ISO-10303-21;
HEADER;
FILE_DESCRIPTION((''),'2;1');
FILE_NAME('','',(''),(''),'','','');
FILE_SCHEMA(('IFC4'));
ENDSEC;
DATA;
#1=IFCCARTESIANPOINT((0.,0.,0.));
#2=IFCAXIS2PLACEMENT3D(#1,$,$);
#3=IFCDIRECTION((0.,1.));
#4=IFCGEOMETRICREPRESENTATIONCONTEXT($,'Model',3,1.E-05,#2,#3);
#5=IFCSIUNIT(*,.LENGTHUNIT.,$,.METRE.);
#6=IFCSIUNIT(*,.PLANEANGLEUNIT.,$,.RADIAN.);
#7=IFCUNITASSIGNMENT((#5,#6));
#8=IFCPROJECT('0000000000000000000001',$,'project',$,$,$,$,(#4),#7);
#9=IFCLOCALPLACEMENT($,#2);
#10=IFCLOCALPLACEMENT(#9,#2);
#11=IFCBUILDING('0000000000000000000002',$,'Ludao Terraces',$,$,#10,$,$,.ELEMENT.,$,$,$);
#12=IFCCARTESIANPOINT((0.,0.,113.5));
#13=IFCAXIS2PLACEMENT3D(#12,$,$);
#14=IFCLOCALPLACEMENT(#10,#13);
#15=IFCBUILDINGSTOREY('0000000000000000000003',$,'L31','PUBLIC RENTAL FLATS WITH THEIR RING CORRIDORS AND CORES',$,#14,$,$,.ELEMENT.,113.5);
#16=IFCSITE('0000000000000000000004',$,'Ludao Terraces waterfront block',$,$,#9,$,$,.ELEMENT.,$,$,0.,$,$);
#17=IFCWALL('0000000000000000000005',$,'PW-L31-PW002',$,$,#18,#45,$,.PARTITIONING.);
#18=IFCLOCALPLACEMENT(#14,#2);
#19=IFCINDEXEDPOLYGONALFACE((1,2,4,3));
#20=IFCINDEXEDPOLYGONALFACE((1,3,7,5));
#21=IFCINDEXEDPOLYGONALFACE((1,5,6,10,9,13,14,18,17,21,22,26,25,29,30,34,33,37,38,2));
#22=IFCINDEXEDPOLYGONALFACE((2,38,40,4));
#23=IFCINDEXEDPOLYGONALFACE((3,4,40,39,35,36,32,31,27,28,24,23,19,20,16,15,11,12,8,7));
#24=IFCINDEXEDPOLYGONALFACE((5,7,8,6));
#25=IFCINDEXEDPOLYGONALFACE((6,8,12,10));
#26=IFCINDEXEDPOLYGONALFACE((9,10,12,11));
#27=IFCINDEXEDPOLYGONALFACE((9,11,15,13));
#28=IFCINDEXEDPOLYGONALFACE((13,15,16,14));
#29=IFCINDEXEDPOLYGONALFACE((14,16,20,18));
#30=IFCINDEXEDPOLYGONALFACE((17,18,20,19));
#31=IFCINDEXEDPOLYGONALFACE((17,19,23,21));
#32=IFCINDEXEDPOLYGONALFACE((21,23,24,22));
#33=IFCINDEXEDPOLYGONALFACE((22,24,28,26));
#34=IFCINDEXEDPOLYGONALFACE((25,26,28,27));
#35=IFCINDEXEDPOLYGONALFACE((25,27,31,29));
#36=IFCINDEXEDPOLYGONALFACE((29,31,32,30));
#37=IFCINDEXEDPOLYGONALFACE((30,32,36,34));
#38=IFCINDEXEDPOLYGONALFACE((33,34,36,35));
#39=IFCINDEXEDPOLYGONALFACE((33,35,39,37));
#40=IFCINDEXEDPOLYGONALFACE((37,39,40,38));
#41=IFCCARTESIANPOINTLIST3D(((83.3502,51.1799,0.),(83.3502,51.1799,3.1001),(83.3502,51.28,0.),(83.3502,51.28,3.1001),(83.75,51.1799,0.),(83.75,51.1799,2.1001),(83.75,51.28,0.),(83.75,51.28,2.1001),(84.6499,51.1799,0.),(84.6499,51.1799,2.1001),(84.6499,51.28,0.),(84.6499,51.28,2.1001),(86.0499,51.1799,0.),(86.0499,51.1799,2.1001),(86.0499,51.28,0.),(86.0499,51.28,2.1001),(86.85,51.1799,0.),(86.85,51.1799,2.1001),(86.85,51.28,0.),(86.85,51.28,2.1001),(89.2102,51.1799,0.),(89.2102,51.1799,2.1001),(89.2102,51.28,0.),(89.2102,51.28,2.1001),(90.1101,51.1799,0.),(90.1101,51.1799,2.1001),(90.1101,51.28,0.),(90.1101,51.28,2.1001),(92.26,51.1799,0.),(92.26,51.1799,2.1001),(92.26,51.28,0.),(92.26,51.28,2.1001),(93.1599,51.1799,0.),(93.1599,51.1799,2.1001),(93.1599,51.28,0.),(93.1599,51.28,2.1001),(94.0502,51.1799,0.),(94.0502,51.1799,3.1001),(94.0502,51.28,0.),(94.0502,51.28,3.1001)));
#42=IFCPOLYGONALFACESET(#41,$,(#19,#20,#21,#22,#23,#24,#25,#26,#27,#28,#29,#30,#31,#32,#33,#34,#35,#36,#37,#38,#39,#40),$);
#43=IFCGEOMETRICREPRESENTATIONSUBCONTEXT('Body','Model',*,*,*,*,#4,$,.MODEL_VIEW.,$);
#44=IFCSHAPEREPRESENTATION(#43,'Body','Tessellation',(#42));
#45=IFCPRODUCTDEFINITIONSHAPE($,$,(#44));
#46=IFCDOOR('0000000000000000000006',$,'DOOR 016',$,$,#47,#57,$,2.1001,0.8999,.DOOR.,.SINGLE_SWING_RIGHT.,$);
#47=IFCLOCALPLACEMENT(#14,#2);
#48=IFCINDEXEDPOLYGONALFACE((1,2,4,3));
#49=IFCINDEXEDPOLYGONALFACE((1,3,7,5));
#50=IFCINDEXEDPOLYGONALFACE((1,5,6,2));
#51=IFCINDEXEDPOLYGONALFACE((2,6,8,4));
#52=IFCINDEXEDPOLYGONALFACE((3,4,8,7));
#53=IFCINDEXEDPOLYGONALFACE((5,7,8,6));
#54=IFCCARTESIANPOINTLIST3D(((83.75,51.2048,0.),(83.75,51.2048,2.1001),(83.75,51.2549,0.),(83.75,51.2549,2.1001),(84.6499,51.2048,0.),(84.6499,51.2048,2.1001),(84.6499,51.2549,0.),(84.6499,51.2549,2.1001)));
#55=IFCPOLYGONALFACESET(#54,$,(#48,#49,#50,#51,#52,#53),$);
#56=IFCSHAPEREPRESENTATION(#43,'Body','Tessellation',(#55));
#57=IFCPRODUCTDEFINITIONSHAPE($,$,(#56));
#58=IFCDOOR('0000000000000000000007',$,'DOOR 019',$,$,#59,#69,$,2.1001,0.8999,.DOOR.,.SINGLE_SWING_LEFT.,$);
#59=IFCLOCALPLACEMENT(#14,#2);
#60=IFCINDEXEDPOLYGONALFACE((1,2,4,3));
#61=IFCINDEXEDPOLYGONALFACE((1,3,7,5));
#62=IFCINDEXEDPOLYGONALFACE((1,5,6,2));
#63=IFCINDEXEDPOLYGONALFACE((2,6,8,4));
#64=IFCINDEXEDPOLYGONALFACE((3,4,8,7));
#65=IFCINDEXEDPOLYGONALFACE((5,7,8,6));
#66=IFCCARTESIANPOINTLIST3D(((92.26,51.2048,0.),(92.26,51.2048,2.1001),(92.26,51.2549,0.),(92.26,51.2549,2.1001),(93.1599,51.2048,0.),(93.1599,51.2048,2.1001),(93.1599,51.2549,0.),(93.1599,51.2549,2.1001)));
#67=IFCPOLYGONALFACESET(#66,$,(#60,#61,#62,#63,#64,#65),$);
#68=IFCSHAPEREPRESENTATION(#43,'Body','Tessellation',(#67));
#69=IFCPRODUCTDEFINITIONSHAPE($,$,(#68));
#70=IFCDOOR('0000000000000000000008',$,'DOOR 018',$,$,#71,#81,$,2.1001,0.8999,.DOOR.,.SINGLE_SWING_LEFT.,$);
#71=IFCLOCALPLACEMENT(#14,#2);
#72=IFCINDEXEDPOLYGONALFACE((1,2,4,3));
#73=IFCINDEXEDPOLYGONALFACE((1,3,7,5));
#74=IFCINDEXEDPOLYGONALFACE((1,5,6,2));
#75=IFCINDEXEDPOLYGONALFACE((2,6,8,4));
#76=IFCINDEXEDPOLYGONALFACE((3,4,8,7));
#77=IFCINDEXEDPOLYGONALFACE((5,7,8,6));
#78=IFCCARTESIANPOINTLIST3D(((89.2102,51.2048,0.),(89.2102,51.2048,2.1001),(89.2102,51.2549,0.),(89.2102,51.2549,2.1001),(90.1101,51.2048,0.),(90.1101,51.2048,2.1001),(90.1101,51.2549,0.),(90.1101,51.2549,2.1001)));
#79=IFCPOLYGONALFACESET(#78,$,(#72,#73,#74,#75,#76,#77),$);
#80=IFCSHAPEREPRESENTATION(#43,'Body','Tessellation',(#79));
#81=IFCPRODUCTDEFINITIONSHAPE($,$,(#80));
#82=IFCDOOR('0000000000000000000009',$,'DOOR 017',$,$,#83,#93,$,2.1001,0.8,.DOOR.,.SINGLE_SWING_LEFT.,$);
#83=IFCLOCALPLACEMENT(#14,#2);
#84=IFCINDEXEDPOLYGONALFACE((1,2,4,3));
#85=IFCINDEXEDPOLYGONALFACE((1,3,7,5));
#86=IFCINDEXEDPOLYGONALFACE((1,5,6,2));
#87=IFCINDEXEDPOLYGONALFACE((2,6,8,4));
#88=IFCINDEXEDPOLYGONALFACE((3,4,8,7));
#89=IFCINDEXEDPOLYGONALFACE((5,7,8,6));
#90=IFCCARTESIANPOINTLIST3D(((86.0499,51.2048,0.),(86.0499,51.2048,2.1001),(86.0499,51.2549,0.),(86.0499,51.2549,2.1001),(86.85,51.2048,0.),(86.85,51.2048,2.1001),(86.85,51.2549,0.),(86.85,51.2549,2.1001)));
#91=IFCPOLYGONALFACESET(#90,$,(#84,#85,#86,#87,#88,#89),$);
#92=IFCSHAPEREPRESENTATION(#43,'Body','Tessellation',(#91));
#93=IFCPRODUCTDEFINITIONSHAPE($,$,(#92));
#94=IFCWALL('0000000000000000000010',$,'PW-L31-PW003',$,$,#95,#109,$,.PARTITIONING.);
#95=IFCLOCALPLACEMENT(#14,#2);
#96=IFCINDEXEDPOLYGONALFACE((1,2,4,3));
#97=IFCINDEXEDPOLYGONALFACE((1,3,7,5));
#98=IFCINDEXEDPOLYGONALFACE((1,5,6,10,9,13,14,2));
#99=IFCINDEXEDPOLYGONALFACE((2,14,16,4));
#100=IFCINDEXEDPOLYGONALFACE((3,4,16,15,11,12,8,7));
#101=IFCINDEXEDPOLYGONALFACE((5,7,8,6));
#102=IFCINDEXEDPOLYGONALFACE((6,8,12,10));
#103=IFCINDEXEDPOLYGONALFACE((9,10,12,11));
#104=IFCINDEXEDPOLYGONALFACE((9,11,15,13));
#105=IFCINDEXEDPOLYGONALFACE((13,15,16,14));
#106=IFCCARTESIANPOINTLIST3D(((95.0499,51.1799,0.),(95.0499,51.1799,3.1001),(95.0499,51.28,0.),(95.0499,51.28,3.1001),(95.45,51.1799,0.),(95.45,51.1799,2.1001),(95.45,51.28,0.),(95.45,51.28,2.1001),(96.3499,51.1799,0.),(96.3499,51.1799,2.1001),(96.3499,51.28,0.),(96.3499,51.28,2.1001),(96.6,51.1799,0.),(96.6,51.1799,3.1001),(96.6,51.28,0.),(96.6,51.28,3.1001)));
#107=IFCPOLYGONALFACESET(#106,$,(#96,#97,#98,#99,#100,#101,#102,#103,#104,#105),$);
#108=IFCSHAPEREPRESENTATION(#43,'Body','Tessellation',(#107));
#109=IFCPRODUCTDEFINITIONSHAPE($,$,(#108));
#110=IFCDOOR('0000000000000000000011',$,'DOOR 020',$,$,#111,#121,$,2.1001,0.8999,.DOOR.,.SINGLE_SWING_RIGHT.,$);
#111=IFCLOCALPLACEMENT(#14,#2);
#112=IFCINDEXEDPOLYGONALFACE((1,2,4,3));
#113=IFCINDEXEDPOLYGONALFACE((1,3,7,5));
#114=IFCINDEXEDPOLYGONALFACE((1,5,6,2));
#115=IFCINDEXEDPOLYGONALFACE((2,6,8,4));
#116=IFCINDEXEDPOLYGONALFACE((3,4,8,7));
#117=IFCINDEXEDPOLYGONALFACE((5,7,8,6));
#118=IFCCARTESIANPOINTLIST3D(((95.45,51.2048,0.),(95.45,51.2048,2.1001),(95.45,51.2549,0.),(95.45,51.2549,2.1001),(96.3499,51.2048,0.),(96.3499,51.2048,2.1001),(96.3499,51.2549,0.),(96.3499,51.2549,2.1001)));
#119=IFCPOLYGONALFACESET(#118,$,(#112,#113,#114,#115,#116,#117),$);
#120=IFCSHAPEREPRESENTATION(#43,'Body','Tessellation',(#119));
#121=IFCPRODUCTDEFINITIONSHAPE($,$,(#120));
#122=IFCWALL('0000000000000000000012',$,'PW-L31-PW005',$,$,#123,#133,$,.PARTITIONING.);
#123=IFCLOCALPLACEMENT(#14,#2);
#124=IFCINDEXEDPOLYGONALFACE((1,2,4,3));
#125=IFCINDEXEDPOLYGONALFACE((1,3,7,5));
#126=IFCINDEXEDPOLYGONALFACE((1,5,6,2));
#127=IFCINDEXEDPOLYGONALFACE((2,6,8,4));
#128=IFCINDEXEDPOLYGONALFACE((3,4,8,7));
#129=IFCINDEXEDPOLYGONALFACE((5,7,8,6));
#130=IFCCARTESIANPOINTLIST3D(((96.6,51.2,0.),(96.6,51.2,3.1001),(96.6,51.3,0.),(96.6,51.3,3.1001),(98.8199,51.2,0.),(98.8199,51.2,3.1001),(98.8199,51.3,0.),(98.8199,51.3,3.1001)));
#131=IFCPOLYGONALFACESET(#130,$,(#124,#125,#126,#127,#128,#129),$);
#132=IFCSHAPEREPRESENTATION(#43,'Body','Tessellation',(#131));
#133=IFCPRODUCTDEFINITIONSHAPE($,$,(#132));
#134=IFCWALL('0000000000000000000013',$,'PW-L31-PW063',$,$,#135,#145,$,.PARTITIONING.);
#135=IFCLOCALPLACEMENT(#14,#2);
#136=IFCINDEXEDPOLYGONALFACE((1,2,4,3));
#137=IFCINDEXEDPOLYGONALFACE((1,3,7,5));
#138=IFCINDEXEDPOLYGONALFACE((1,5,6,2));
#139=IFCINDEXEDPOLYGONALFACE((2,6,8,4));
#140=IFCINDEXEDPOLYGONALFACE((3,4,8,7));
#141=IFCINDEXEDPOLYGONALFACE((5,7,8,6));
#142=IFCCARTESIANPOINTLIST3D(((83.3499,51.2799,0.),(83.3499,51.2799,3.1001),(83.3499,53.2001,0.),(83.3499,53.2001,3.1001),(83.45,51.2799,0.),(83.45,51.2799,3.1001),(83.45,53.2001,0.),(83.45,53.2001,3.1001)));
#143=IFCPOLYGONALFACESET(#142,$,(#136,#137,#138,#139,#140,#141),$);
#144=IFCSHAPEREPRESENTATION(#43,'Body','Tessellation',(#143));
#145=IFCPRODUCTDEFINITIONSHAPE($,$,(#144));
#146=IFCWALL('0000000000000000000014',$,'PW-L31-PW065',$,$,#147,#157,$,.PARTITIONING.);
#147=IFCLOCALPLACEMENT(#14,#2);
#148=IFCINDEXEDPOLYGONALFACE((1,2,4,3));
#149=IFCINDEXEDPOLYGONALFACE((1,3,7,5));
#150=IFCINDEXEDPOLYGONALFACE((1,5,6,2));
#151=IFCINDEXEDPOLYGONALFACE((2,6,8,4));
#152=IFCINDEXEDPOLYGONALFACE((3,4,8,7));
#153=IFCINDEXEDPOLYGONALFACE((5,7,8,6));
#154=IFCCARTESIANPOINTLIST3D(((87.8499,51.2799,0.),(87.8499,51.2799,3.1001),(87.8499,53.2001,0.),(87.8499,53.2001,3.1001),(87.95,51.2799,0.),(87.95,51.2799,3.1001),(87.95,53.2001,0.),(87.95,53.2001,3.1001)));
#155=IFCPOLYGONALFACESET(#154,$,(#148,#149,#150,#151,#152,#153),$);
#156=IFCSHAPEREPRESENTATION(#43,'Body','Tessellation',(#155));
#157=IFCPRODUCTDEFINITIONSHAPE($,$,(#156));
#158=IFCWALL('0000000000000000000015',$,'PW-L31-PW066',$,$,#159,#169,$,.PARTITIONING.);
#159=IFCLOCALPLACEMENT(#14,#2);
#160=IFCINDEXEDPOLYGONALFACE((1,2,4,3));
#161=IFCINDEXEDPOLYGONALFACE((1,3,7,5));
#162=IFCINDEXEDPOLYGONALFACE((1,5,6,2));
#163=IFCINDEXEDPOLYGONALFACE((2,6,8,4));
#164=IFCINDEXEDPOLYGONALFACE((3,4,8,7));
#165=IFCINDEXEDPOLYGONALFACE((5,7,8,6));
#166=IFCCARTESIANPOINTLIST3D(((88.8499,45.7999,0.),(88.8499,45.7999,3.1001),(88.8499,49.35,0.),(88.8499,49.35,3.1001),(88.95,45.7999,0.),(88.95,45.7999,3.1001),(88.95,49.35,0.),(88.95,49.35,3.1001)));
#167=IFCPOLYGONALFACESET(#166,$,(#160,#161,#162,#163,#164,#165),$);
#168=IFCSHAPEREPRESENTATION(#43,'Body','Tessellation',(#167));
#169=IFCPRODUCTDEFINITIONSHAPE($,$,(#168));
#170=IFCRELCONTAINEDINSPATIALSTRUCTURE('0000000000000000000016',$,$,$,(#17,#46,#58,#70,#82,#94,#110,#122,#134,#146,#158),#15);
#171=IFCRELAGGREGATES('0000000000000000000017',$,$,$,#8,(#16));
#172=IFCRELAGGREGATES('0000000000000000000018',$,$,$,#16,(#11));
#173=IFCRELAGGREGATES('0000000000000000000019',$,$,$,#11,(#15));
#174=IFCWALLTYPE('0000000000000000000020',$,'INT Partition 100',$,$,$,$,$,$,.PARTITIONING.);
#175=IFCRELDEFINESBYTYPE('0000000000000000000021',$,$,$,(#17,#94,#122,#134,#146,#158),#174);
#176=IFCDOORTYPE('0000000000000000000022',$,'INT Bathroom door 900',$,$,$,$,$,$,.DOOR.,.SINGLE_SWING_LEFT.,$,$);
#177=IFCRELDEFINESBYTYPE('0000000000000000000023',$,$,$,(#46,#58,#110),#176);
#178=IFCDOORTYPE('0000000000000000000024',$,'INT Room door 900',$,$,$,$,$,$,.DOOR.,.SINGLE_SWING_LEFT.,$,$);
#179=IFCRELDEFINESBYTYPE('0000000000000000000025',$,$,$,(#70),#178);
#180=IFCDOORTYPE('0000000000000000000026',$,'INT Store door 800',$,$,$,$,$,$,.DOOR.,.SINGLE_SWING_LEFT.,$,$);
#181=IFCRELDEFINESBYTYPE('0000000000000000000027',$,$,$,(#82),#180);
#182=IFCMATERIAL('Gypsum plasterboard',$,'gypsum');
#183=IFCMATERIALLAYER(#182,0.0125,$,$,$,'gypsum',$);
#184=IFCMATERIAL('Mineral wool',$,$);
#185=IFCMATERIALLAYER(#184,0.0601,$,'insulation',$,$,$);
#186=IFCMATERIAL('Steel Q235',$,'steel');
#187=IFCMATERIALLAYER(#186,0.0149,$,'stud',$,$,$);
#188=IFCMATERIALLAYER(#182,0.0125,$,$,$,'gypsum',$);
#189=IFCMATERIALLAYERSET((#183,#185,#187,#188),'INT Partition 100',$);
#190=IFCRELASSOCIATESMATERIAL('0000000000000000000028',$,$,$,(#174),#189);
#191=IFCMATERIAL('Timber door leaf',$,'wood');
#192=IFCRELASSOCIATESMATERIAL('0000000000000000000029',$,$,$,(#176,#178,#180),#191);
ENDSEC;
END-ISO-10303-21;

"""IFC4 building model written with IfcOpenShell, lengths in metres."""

from ifc_helpers import new_model, si_unit, direction, frame, frame_2d, origin, place, context, subcontext, project, spatial, rectangle, extrude, material, layer, layer_set, type_object, element, fill, save


model = new_model("IFC4")

# Units and contexts
model_context = context("Model", 3, precision=1e-05, world=origin(), true_north=direction((0.0, 1.0)))
body_context = subcontext(model_context, "Body", "Model", "MODEL_VIEW")
ifc_project = project(units=[si_unit("LENGTHUNIT", "METRE"), si_unit("PLANEANGLEUNIT", "RADIAN")], contexts=[model_context])

# Site, building, storey
site_placement = place(None, origin())
site = spatial("IfcSite", under=ifc_project, at=site_placement, Name="Ludao Terraces waterfront block", CompositionType="ELEMENT", RefElevation=0.0)
building_placement = place(site_placement, origin())
building = spatial("IfcBuilding", under=site, at=building_placement, Name="Ludao Terraces", CompositionType="ELEMENT")
storey_placement = place(building_placement, frame((0.0, 0.0, 113.5)))
storey = spatial("IfcBuildingStorey", under=building, at=storey_placement, Name="L31", Description="PUBLIC RENTAL FLATS WITH THEIR RING CORRIDORS AND CORES", CompositionType="ELEMENT", Elevation=113.5)

# Shared definitions
ifc_material_1 = material(Name="Steel Q235", Category="steel")

# Shared definitions
ifc_material_2 = material(Name="Mineral wool")

# Wall, openings, doors
ifc_material_3 = material(Name="Gypsum plasterboard", Category="gypsum")
ifc_layer_1 = layer(ifc_material_3, 0.0125, Category="gypsum")
ifc_layer_2 = layer(ifc_material_2, 0.0601, Name="insulation")
ifc_layer_3 = layer(ifc_material_1, 0.0149, Name="stud")
ifc_layer_4 = layer(ifc_material_3, 0.0125, Category="gypsum")
ifc_layer_set_1 = layer_set([ifc_layer_1, ifc_layer_2, ifc_layer_3, ifc_layer_4], Name="INT Partition 100")
wall_type_1 = type_object("IfcWallType", Name="INT Partition 100", PredefinedType="PARTITIONING", material=ifc_layer_set_1)
wall_1_placement = place(storey_placement, frame((83.3501, 51.23, 0.0), z_axis=(0.0, 0.0, 1.0), x_axis=(1.0, 0.0, 0.0)))
wall_1 = element("IfcWall", 1, at=wall_1_placement, inside=storey, type_object=wall_type_1, Name="PW-L31-PW002", PredefinedType="PARTITIONING", context=body_context, shape_type="SweptSolid", body=[
    extrude(rectangle(XDim=10.7, YDim=0.1001, at=frame_2d((5.3501, 0.0))), origin(), (0.0, 0.0, 1.0), 3.1001),
])
opening_1_placement = place(wall_1_placement, frame((0.3999, 0.0, 0.0)))
opening_1 = element("IfcOpeningElement", 2, at=opening_1_placement, cuts=wall_1, PredefinedType="OPENING", context=body_context, shape_type="SweptSolid", body=[
    extrude(rectangle(XDim=0.8999, YDim=2.1001, at=frame_2d((0.45, 1.05))), frame((0.0, 0.0601, 0.0), z_axis=(0.0, -1.0, 0.0), x_axis=(1.0, 0.0, 0.0)), (0.0, 0.0, 1.0), 0.1201),
])
opening_2_placement = place(wall_1_placement, frame((2.7, 0.0, 0.0)))
opening_2 = element("IfcOpeningElement", 3, at=opening_2_placement, cuts=wall_1, PredefinedType="OPENING", context=body_context, shape_type="SweptSolid", body=[
    extrude(rectangle(XDim=0.8, YDim=2.1001, at=frame_2d((0.3999, 1.05))), frame((0.0, 0.0601, 0.0), z_axis=(0.0, -1.0, 0.0), x_axis=(1.0, 0.0, 0.0)), (0.0, 0.0, 1.0), 0.1201),
])
opening_3_placement = place(wall_1_placement, frame((5.8601, 0.0, 0.0)))
opening_3 = element("IfcOpeningElement", 4, at=opening_3_placement, cuts=wall_1, PredefinedType="OPENING", context=body_context, shape_type="SweptSolid", body=[
    extrude(rectangle(XDim=0.8999, YDim=2.1001, at=frame_2d((0.45, 1.05))), frame((0.0, 0.0601, 0.0), z_axis=(0.0, -1.0, 0.0), x_axis=(1.0, 0.0, 0.0)), (0.0, 0.0, 1.0), 0.1201),
])
opening_4_placement = place(wall_1_placement, frame((8.9099, 0.0, 0.0)))
opening_4 = element("IfcOpeningElement", 5, at=opening_4_placement, cuts=wall_1, PredefinedType="OPENING", context=body_context, shape_type="SweptSolid", body=[
    extrude(rectangle(XDim=0.8999, YDim=2.1001, at=frame_2d((0.45, 1.05))), frame((0.0, 0.0601, 0.0), z_axis=(0.0, -1.0, 0.0), x_axis=(1.0, 0.0, 0.0)), (0.0, 0.0, 1.0), 0.1201),
])
ifc_material_4 = material(Name="Timber door leaf", Category="wood")
door_type_1 = type_object("IfcDoorType", Name="INT Bathroom door 900", OperationType="SINGLE_SWING_LEFT", PredefinedType="DOOR", material=ifc_material_4)
door_1_placement = place(opening_1_placement, origin())
door_1 = element("IfcDoor", 6, at=door_1_placement, inside=storey, type_object=door_type_1, Name="DOOR 016", OperationType="SINGLE_SWING_RIGHT", OverallHeight=2.1001, OverallWidth=0.8999, PredefinedType="DOOR", context=body_context, shape_type="SweptSolid", body=[
    extrude(rectangle(XDim=0.8999, YDim=2.1001, at=frame_2d((0.45, 1.05))), frame((0.0, 0.0249, 0.0), z_axis=(0.0, -1.0, 0.0), x_axis=(1.0, 0.0, 0.0)), (0.0, 0.0, 1.0), 0.05),
])
fill(opening_1, door_1)
door_2_placement = place(opening_4_placement, origin())
door_2 = element("IfcDoor", 7, at=door_2_placement, inside=storey, type_object=door_type_1, Name="DOOR 019", OperationType="SINGLE_SWING_LEFT", OverallHeight=2.1001, OverallWidth=0.8999, PredefinedType="DOOR", context=body_context, shape_type="SweptSolid", body=[
    extrude(rectangle(XDim=0.8999, YDim=2.1001, at=frame_2d((0.45, 1.05))), frame((0.0, 0.0249, 0.0), z_axis=(0.0, -1.0, 0.0), x_axis=(1.0, 0.0, 0.0)), (0.0, 0.0, 1.0), 0.05),
])
fill(opening_4, door_2)
door_type_2 = type_object("IfcDoorType", Name="INT Room door 900", OperationType="SINGLE_SWING_LEFT", PredefinedType="DOOR", material=ifc_material_4)
door_3_placement = place(opening_3_placement, origin())
door_3 = element("IfcDoor", 8, at=door_3_placement, inside=storey, type_object=door_type_2, Name="DOOR 018", OperationType="SINGLE_SWING_LEFT", OverallHeight=2.1001, OverallWidth=0.8999, PredefinedType="DOOR", context=body_context, shape_type="SweptSolid", body=[
    extrude(rectangle(XDim=0.8999, YDim=2.1001, at=frame_2d((0.45, 1.05))), frame((0.0, 0.0249, 0.0), z_axis=(0.0, -1.0, 0.0), x_axis=(1.0, 0.0, 0.0)), (0.0, 0.0, 1.0), 0.05),
])
fill(opening_3, door_3)
door_type_3 = type_object("IfcDoorType", Name="INT Store door 800", OperationType="SINGLE_SWING_LEFT", PredefinedType="DOOR", material=ifc_material_4)
door_4_placement = place(opening_2_placement, origin())
door_4 = element("IfcDoor", 9, at=door_4_placement, inside=storey, type_object=door_type_3, Name="DOOR 017", OperationType="SINGLE_SWING_LEFT", OverallHeight=2.1001, OverallWidth=0.8, PredefinedType="DOOR", context=body_context, shape_type="SweptSolid", body=[
    extrude(rectangle(XDim=0.8, YDim=2.1001, at=frame_2d((0.3999, 1.05))), frame((0.0, 0.0249, 0.0), z_axis=(0.0, -1.0, 0.0), x_axis=(1.0, 0.0, 0.0)), (0.0, 0.0, 1.0), 0.05),
])
fill(opening_2, door_4)

# Wall, opening, door
wall_2_placement = place(storey_placement, frame((95.05, 51.23, 0.0), z_axis=(0.0, 0.0, 1.0), x_axis=(1.0, 0.0, 0.0)))
wall_2 = element("IfcWall", 10, at=wall_2_placement, inside=storey, type_object=wall_type_1, Name="PW-L31-PW003", PredefinedType="PARTITIONING", context=body_context, shape_type="SweptSolid", body=[
    extrude(rectangle(XDim=1.55, YDim=0.1001, at=frame_2d((0.7749, 0.0))), origin(), (0.0, 0.0, 1.0), 3.1001),
])
opening_5_placement = place(wall_2_placement, frame((0.3999, 0.0, 0.0)))
opening_5 = element("IfcOpeningElement", 11, at=opening_5_placement, cuts=wall_2, PredefinedType="OPENING", context=body_context, shape_type="SweptSolid", body=[
    extrude(rectangle(XDim=0.8999, YDim=2.1001, at=frame_2d((0.45, 1.05))), frame((0.0, 0.0601, 0.0), z_axis=(0.0, -1.0, 0.0), x_axis=(1.0, 0.0, 0.0)), (0.0, 0.0, 1.0), 0.1201),
])
door_5_placement = place(opening_5_placement, origin())
door_5 = element("IfcDoor", 12, at=door_5_placement, inside=storey, type_object=door_type_1, Name="DOOR 020", OperationType="SINGLE_SWING_RIGHT", OverallHeight=2.1001, OverallWidth=0.8999, PredefinedType="DOOR", context=body_context, shape_type="SweptSolid", body=[
    extrude(rectangle(XDim=0.8999, YDim=2.1001, at=frame_2d((0.45, 1.05))), frame((0.0, 0.0249, 0.0), z_axis=(0.0, -1.0, 0.0), x_axis=(1.0, 0.0, 0.0)), (0.0, 0.0, 1.0), 0.05),
])
fill(opening_5, door_5)

# Walls
wall_3_placement = place(storey_placement, frame((96.6001, 51.25, 0.0), z_axis=(0.0, 0.0, 1.0), x_axis=(1.0, 0.0, 0.0)))
element("IfcWall", 13, at=wall_3_placement, inside=storey, type_object=wall_type_1, Name="PW-L31-PW005", PredefinedType="PARTITIONING", context=body_context, shape_type="SweptSolid", body=[
    extrude(rectangle(XDim=2.22, YDim=0.1001, at=frame_2d((1.1099, 0.0))), origin(), (0.0, 0.0, 1.0), 3.1001),
])
for number, where, z_axis, x_axis, name in (
    (14, (83.3999, 51.28, 0.0), (0.0, 0.0, 1.0), (0.0, 1.0, 0.0), "PW-L31-PW063"),
    (15, (87.8999, 51.28, 0.0), (0.0, 0.0, 1.0), (0.0, 1.0, 0.0), "PW-L31-PW065"),
):
    element("IfcWall", number, at=place(storey_placement, frame(where, z_axis=z_axis, x_axis=x_axis)), inside=storey, type_object=wall_type_1, Name=name, PredefinedType="PARTITIONING", context=body_context, shape_type="SweptSolid", body=[
        extrude(rectangle(XDim=1.9202, YDim=0.1001, at=frame_2d((0.96, 0.0))), origin(), (0.0, 0.0, 1.0), 3.1001),
    ])
wall_4_placement = place(storey_placement, frame((88.8999, 45.8, 0.0), z_axis=(0.0, 0.0, 1.0), x_axis=(0.0, 1.0, 0.0)))
element("IfcWall", 16, at=wall_4_placement, inside=storey, type_object=wall_type_1, Name="PW-L31-PW066", PredefinedType="PARTITIONING", context=body_context, shape_type="SweptSolid", body=[
    extrude(rectangle(XDim=3.55, YDim=0.1001, at=frame_2d((1.7749, 0.0))), origin(), (0.0, 0.0, 1.0), 3.1001),
])

save(model, "model.ifc")
